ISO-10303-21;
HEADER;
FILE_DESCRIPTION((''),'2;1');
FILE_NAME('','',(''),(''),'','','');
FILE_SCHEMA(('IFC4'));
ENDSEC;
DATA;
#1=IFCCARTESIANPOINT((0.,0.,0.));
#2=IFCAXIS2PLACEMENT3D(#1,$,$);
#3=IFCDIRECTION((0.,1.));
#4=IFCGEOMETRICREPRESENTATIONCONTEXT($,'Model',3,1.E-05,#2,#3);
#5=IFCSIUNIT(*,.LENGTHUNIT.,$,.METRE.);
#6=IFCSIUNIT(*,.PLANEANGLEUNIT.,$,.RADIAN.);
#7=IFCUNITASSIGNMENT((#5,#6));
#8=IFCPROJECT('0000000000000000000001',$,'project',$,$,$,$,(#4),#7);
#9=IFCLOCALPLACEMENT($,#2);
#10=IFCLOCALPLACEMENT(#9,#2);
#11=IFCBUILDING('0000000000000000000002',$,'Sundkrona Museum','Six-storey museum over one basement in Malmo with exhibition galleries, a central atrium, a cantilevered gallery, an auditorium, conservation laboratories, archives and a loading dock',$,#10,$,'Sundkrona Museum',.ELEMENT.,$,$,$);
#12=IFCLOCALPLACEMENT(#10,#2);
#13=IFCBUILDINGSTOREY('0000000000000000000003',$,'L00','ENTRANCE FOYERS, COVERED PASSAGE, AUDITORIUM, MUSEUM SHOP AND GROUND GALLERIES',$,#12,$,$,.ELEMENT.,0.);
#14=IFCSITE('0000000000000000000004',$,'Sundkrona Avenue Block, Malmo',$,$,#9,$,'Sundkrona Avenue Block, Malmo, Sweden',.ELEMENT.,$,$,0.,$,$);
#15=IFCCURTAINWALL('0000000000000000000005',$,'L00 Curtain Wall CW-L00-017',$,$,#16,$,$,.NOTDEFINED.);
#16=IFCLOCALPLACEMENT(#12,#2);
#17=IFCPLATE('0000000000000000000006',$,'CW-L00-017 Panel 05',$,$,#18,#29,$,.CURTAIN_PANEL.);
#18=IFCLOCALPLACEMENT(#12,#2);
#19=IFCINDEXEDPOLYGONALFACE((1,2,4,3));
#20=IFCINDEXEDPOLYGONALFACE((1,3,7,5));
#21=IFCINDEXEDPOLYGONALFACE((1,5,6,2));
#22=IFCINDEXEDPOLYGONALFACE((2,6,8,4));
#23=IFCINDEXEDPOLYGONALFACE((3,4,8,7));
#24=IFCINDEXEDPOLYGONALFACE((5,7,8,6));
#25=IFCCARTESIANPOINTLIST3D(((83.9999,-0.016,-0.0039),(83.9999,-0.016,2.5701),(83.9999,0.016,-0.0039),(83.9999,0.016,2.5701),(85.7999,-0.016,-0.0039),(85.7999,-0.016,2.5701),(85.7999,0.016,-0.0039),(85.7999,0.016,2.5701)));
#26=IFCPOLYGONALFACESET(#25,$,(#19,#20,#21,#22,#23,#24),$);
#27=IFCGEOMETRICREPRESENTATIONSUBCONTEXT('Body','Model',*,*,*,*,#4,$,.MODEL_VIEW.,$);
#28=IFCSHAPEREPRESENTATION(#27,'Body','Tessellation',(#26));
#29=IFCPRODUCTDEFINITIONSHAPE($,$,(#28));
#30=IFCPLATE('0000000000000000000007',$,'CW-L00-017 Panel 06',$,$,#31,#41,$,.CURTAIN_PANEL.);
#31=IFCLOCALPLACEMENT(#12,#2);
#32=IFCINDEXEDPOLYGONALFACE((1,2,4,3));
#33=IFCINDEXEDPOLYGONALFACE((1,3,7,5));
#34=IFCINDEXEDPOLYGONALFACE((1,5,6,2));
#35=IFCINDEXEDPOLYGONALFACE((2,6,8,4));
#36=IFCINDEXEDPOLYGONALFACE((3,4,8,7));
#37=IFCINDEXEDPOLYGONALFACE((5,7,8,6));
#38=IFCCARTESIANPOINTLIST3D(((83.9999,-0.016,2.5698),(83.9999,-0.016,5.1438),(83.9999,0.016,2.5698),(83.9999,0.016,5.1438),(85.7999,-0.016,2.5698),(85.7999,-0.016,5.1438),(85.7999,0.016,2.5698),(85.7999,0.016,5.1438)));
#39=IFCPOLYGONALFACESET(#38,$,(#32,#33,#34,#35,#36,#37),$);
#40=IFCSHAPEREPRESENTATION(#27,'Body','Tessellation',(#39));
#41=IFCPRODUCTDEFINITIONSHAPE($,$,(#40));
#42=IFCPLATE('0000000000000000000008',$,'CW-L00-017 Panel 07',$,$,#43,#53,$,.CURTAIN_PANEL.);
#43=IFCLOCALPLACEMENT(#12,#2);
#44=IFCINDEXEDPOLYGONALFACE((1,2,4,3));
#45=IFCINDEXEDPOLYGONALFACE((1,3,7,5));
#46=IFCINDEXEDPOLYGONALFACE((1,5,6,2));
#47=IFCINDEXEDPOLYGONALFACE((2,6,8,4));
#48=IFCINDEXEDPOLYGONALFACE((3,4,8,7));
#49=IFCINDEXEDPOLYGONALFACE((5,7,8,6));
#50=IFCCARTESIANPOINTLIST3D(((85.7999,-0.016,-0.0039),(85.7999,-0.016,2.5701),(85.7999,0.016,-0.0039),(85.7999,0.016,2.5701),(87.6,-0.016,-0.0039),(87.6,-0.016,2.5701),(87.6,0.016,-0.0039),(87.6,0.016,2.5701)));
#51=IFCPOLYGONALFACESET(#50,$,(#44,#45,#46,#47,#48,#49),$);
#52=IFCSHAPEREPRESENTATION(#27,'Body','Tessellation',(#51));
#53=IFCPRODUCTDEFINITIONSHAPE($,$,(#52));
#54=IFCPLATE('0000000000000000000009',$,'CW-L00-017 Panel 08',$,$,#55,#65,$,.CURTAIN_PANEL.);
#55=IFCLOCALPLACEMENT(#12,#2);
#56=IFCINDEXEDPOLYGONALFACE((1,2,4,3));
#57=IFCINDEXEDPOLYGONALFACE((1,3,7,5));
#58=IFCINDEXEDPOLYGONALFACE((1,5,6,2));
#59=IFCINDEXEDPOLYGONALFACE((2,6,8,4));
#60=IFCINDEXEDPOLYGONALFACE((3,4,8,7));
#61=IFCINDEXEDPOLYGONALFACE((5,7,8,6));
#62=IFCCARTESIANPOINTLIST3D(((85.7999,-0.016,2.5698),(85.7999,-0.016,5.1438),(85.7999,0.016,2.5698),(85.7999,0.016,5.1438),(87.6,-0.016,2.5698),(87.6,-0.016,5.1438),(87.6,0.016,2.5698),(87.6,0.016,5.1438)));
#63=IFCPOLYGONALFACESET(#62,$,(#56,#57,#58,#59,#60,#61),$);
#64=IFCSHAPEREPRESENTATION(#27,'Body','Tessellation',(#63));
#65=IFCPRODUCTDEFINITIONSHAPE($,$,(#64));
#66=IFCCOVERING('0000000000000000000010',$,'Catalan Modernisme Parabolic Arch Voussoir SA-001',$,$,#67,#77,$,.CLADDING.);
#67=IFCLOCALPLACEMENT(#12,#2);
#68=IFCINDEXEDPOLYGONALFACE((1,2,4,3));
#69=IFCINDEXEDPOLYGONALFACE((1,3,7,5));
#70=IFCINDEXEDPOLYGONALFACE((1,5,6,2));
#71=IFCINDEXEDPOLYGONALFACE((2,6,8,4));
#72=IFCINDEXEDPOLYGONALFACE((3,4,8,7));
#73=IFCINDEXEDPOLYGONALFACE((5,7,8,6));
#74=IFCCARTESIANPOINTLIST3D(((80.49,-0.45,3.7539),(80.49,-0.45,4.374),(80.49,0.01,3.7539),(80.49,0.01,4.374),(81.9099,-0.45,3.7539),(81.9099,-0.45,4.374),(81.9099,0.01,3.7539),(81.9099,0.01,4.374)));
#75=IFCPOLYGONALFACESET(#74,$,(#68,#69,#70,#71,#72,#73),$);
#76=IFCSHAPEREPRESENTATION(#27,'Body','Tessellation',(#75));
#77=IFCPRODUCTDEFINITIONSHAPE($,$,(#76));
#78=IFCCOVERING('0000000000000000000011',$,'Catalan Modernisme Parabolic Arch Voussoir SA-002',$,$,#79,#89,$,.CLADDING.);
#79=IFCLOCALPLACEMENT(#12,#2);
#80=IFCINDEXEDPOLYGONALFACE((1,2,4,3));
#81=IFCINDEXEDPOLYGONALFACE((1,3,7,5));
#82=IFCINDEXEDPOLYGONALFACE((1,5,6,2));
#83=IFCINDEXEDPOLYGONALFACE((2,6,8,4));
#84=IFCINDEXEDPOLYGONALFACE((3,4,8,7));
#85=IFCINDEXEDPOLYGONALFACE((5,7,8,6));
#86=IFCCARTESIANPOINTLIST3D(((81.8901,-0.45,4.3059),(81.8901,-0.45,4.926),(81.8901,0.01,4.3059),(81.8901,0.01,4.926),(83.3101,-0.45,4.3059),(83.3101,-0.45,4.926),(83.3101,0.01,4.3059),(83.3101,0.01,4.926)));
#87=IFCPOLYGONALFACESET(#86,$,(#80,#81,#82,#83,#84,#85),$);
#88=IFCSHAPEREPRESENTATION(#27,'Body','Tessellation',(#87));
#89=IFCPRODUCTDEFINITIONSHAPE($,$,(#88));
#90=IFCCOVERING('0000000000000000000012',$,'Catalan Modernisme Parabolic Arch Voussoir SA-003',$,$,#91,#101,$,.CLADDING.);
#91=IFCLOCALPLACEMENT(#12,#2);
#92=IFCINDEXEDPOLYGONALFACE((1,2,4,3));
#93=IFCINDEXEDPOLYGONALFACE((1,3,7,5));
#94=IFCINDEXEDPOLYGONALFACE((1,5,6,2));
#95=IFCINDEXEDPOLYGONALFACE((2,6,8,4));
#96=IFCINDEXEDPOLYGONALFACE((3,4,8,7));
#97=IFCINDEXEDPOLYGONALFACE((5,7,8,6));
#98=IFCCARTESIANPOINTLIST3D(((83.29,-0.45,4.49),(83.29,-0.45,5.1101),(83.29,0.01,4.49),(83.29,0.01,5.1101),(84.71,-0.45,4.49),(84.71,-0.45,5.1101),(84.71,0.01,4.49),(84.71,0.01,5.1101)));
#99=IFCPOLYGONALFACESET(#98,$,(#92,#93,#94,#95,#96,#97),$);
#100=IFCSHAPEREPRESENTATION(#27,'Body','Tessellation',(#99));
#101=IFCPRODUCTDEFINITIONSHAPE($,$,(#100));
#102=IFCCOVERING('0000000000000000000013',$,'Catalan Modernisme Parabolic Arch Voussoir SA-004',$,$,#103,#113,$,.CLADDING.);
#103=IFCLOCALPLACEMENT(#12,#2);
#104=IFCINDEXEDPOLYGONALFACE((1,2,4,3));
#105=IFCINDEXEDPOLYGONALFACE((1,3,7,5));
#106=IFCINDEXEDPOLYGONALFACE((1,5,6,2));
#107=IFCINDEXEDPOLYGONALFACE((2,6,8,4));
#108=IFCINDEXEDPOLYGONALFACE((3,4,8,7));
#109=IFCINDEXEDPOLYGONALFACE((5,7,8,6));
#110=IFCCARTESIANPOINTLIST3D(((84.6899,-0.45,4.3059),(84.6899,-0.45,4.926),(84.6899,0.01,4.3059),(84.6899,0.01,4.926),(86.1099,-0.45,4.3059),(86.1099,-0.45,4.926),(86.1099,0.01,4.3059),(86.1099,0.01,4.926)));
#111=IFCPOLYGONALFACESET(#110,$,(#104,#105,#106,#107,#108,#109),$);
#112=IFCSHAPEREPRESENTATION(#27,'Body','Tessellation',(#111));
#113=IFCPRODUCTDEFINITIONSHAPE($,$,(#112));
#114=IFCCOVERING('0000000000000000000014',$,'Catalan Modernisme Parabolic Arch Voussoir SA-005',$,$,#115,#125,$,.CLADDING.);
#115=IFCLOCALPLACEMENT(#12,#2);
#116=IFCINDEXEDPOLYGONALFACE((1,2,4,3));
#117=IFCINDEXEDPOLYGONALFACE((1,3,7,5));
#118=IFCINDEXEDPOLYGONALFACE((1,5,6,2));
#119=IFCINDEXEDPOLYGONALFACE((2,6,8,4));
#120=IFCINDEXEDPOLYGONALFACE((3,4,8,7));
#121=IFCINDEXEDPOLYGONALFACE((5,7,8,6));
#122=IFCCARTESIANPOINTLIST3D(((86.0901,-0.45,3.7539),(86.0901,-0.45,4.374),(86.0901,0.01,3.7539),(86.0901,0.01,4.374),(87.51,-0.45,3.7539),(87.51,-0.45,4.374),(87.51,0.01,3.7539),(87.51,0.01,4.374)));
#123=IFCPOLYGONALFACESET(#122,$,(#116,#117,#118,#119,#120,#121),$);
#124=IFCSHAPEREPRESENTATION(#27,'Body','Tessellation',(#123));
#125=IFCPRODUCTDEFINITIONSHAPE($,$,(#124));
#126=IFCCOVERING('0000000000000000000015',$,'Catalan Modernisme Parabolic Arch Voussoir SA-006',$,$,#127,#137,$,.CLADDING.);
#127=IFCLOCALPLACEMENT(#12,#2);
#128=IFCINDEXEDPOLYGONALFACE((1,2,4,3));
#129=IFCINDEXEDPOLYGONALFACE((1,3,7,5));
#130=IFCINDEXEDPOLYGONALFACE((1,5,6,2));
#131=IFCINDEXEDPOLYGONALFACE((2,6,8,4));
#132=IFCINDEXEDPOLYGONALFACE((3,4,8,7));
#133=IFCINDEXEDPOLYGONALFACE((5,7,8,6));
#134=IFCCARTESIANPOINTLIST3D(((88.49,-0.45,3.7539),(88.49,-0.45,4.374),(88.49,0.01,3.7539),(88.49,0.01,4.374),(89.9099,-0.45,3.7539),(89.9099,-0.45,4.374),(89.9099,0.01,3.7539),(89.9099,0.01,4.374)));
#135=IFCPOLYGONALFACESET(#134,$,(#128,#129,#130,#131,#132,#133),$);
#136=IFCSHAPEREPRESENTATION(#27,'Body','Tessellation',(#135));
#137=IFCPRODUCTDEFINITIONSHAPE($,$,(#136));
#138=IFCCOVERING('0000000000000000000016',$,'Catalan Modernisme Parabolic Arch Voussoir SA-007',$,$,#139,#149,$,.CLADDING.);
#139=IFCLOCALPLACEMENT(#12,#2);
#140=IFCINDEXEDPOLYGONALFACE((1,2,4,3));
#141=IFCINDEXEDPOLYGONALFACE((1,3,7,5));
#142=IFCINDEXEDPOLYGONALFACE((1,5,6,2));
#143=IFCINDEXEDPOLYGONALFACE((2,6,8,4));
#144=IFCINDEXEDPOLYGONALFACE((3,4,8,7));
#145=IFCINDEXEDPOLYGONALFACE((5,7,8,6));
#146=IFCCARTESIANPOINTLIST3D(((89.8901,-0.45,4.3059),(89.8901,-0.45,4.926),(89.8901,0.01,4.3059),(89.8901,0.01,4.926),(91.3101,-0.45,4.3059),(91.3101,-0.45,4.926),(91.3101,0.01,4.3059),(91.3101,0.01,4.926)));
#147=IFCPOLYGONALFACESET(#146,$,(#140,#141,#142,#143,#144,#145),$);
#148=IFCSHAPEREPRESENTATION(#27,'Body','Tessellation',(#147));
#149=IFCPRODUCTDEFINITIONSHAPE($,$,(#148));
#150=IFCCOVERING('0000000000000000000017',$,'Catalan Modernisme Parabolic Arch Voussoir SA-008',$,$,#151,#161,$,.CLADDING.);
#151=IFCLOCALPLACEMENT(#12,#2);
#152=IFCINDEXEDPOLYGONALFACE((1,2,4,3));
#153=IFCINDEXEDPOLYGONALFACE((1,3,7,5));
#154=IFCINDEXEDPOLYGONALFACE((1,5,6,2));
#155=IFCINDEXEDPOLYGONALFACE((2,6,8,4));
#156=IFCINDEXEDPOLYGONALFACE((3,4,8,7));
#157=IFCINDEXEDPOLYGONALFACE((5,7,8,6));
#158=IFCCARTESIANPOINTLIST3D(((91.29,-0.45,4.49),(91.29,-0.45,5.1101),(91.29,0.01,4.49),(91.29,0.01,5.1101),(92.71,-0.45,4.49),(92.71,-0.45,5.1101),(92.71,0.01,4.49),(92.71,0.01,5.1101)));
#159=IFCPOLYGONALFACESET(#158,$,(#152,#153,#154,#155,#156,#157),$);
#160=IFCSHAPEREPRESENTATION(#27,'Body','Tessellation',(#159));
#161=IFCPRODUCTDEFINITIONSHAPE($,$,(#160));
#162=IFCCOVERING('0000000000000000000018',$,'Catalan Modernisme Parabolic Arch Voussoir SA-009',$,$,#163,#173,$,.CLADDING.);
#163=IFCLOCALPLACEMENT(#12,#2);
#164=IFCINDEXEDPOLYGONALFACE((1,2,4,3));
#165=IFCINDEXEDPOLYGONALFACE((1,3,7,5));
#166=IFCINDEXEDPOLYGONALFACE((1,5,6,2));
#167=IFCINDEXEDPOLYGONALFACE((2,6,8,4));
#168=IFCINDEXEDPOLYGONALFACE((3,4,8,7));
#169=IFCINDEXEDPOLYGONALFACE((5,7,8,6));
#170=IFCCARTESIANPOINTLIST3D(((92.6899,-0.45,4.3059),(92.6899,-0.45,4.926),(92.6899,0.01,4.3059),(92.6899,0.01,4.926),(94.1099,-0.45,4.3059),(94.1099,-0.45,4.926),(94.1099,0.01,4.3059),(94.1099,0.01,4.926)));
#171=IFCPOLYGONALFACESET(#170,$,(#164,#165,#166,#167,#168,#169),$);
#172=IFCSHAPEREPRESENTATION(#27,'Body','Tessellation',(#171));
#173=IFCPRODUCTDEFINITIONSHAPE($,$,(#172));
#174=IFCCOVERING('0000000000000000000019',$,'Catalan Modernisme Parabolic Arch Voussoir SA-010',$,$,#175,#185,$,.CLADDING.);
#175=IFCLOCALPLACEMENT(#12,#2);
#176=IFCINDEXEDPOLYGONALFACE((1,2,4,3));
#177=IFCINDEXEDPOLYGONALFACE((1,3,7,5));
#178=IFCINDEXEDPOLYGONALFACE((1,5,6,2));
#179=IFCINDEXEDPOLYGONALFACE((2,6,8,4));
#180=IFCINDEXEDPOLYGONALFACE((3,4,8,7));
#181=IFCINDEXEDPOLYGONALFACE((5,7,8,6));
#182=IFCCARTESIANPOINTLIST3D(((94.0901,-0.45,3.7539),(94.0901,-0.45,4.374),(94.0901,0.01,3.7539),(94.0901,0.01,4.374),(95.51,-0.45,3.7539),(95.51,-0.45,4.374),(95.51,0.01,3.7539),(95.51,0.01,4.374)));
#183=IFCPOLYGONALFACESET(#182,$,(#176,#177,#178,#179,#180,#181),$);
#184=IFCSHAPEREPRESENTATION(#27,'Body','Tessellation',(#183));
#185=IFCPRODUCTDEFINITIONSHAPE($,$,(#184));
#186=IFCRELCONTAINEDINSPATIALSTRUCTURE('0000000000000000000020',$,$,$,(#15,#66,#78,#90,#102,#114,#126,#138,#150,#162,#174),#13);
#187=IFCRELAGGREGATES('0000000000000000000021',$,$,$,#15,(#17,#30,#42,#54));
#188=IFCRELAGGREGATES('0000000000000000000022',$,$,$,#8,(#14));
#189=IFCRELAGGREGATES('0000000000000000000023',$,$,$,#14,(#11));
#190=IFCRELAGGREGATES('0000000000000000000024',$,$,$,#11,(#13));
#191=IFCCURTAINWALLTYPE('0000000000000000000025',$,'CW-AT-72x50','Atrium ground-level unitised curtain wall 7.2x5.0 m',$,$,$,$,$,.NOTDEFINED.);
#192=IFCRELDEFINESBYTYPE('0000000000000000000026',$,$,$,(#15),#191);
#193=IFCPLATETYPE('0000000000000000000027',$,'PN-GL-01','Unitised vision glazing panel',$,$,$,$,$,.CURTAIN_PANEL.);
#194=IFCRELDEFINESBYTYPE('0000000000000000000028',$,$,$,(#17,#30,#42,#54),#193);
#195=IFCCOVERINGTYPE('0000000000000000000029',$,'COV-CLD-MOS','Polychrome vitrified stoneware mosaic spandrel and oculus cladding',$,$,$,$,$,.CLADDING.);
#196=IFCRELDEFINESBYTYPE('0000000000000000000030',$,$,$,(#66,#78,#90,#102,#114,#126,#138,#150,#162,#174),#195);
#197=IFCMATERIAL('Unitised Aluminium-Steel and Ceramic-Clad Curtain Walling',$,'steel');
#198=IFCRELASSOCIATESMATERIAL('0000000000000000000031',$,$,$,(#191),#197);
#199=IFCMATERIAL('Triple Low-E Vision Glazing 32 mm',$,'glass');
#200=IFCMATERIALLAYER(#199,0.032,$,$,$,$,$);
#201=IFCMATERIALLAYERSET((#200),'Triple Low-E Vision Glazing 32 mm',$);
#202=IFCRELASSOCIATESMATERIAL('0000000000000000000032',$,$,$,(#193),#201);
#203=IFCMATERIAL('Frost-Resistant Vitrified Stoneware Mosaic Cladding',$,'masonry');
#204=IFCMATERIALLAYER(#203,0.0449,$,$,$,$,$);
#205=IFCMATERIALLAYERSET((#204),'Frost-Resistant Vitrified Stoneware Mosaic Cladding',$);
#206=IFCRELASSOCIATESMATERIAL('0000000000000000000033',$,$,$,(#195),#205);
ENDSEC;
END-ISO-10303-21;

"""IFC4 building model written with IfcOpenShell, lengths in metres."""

from ifc_helpers import new_model, si_unit, direction, frame, origin, origin_2d, place, context, subcontext, project, spatial, rectangle, extrude, material, layer, layer_set, type_object, element, aggregate, save


model = new_model("IFC4")

# Units and contexts
model_context = context("Model", 3, precision=1e-05, world=origin(), true_north=direction((0.0, 1.0)))
body_context = subcontext(model_context, "Body", "Model", "MODEL_VIEW")
ifc_project = project(units=[si_unit("LENGTHUNIT", "METRE"), si_unit("PLANEANGLEUNIT", "RADIAN")], contexts=[model_context])

# Site, building, storey
site_placement = place(None, origin())
site = spatial("IfcSite", under=ifc_project, at=site_placement, Name="Sundkrona Avenue Block, Malmo", LongName="Sundkrona Avenue Block, Malmo, Sweden", CompositionType="ELEMENT", RefElevation=0.0)
building_placement = place(site_placement, origin())
building = spatial("IfcBuilding", under=site, at=building_placement, Name="Sundkrona Museum", Description="Six-storey museum over one basement in Malmo with exhibition galleries, a central atrium, a cantilevered gallery, an auditorium, conservation laboratories, archives and a loading dock", LongName="Sundkrona Museum", CompositionType="ELEMENT")
storey_placement = place(building_placement, origin())
storey = spatial("IfcBuildingStorey", under=building, at=storey_placement, Name="L00", Description="ENTRANCE FOYERS, COVERED PASSAGE, AUDITORIUM, MUSEUM SHOP AND GROUND GALLERIES", CompositionType="ELEMENT", Elevation=0.0)

# Curtain wall, plates
ifc_material_1 = material(Name="Unitised Aluminium-Steel and Ceramic-Clad Curtain Walling", Category="steel")
curtain_wall_type = type_object("IfcCurtainWallType", Name="CW-AT-72x50", Description="Atrium ground-level unitised curtain wall 7.2x5.0 m", PredefinedType="NOTDEFINED", material=ifc_material_1)
curtain_wall_placement = place(storey_placement, origin())
curtain_wall = element("IfcCurtainWall", 1, at=curtain_wall_placement, inside=storey, type_object=curtain_wall_type, Name="L00 Curtain Wall CW-L00-017", PredefinedType="NOTDEFINED")
ifc_material_2 = material(Name="Triple Low-E Vision Glazing 32 mm", Category="glass")
ifc_layer_1 = layer(ifc_material_2, 0.032)
ifc_layer_set_1 = layer_set([ifc_layer_1], Name="Triple Low-E Vision Glazing 32 mm")
plate_type = type_object("IfcPlateType", Name="PN-GL-01", Description="Unitised vision glazing panel", PredefinedType="CURTAIN_PANEL", material=ifc_layer_set_1)
plate_1_placement = place(storey_placement, frame((84.8999, 0.0, -0.0039), z_axis=(0.0, 0.0, 1.0), x_axis=(1.0, 0.0, 0.0)))
plate_1 = element("IfcPlate", 2, at=plate_1_placement, type_object=plate_type, Name="CW-L00-017 Panel 05", PredefinedType="CURTAIN_PANEL", context=body_context, shape_type="SweptSolid", body=[
    extrude(rectangle(XDim=1.8, YDim=0.032, at=origin_2d()), origin(), (0.0, 0.0, 1.0), 2.574),
])
plate_2_placement = place(storey_placement, frame((84.8999, 0.0, 2.5698), z_axis=(0.0, 0.0, 1.0), x_axis=(1.0, 0.0, 0.0)))
plate_2 = element("IfcPlate", 3, at=plate_2_placement, type_object=plate_type, Name="CW-L00-017 Panel 06", PredefinedType="CURTAIN_PANEL", context=body_context, shape_type="SweptSolid", body=[
    extrude(rectangle(XDim=1.8, YDim=0.032, at=origin_2d()), origin(), (0.0, 0.0, 1.0), 2.574),
])
plate_3_placement = place(storey_placement, frame((86.7, 0.0, -0.0039), z_axis=(0.0, 0.0, 1.0), x_axis=(1.0, 0.0, 0.0)))
plate_3 = element("IfcPlate", 4, at=plate_3_placement, type_object=plate_type, Name="CW-L00-017 Panel 07", PredefinedType="CURTAIN_PANEL", context=body_context, shape_type="SweptSolid", body=[
    extrude(rectangle(XDim=1.8, YDim=0.032, at=origin_2d()), origin(), (0.0, 0.0, 1.0), 2.574),
])
plate_4_placement = place(storey_placement, frame((86.7, 0.0, 2.5698), z_axis=(0.0, 0.0, 1.0), x_axis=(1.0, 0.0, 0.0)))
plate_4 = element("IfcPlate", 5, at=plate_4_placement, type_object=plate_type, Name="CW-L00-017 Panel 08", PredefinedType="CURTAIN_PANEL", context=body_context, shape_type="SweptSolid", body=[
    extrude(rectangle(XDim=1.8, YDim=0.032, at=origin_2d()), origin(), (0.0, 0.0, 1.0), 2.574),
])
aggregate(curtain_wall, [plate_1, plate_2, plate_3, plate_4])

# Coverings
ifc_material_3 = material(Name="Frost-Resistant Vitrified Stoneware Mosaic Cladding", Category="masonry")
ifc_layer_2 = layer(ifc_material_3, 0.0449)
ifc_layer_set_2 = layer_set([ifc_layer_2], Name="Frost-Resistant Vitrified Stoneware Mosaic Cladding")
covering_type = type_object("IfcCoveringType", Name="COV-CLD-MOS", Description="Polychrome vitrified stoneware mosaic spandrel and oculus cladding", PredefinedType="CLADDING", material=ifc_layer_set_2)
for number, where, z_axis, x_axis, name in (
    (6, (81.2, -0.22, 3.7539), (0.0, 0.0, 1.0), (1.0, 0.0, 0.0), "Catalan Modernisme Parabolic Arch Voussoir SA-001"),
    (7, (82.6001, -0.22, 4.3059), (0.0, 0.0, 1.0), (1.0, 0.0, 0.0), "Catalan Modernisme Parabolic Arch Voussoir SA-002"),
    (8, (84.0, -0.22, 4.49), (0.0, 0.0, 1.0), (1.0, 0.0, 0.0), "Catalan Modernisme Parabolic Arch Voussoir SA-003"),
    (9, (85.3999, -0.22, 4.3059), (0.0, 0.0, 1.0), (1.0, 0.0, 0.0), "Catalan Modernisme Parabolic Arch Voussoir SA-004"),
    (10, (86.8, -0.22, 3.7539), (0.0, 0.0, 1.0), (1.0, 0.0, 0.0), "Catalan Modernisme Parabolic Arch Voussoir SA-005"),
    (11, (89.2, -0.22, 3.7539), (0.0, 0.0, 1.0), (1.0, 0.0, 0.0), "Catalan Modernisme Parabolic Arch Voussoir SA-006"),
    (12, (90.6001, -0.22, 4.3059), (0.0, 0.0, 1.0), (1.0, 0.0, 0.0), "Catalan Modernisme Parabolic Arch Voussoir SA-007"),
    (13, (92.0, -0.22, 4.49), (0.0, 0.0, 1.0), (1.0, 0.0, 0.0), "Catalan Modernisme Parabolic Arch Voussoir SA-008"),
    (14, (93.3999, -0.22, 4.3059), (0.0, 0.0, 1.0), (1.0, 0.0, 0.0), "Catalan Modernisme Parabolic Arch Voussoir SA-009"),
    (15, (94.8, -0.22, 3.7539), (0.0, 0.0, 1.0), (1.0, 0.0, 0.0), "Catalan Modernisme Parabolic Arch Voussoir SA-010"),
):
    element("IfcCovering", number, at=place(storey_placement, frame(where, z_axis=z_axis, x_axis=x_axis)), inside=storey, type_object=covering_type, Name=name, PredefinedType="CLADDING", context=body_context, shape_type="SweptSolid", body=[
        extrude(rectangle(XDim=1.4199, YDim=0.46, at=origin_2d()), origin(), (0.0, 0.0, 1.0), 0.6201),
    ])

save(model, "model.ifc")
